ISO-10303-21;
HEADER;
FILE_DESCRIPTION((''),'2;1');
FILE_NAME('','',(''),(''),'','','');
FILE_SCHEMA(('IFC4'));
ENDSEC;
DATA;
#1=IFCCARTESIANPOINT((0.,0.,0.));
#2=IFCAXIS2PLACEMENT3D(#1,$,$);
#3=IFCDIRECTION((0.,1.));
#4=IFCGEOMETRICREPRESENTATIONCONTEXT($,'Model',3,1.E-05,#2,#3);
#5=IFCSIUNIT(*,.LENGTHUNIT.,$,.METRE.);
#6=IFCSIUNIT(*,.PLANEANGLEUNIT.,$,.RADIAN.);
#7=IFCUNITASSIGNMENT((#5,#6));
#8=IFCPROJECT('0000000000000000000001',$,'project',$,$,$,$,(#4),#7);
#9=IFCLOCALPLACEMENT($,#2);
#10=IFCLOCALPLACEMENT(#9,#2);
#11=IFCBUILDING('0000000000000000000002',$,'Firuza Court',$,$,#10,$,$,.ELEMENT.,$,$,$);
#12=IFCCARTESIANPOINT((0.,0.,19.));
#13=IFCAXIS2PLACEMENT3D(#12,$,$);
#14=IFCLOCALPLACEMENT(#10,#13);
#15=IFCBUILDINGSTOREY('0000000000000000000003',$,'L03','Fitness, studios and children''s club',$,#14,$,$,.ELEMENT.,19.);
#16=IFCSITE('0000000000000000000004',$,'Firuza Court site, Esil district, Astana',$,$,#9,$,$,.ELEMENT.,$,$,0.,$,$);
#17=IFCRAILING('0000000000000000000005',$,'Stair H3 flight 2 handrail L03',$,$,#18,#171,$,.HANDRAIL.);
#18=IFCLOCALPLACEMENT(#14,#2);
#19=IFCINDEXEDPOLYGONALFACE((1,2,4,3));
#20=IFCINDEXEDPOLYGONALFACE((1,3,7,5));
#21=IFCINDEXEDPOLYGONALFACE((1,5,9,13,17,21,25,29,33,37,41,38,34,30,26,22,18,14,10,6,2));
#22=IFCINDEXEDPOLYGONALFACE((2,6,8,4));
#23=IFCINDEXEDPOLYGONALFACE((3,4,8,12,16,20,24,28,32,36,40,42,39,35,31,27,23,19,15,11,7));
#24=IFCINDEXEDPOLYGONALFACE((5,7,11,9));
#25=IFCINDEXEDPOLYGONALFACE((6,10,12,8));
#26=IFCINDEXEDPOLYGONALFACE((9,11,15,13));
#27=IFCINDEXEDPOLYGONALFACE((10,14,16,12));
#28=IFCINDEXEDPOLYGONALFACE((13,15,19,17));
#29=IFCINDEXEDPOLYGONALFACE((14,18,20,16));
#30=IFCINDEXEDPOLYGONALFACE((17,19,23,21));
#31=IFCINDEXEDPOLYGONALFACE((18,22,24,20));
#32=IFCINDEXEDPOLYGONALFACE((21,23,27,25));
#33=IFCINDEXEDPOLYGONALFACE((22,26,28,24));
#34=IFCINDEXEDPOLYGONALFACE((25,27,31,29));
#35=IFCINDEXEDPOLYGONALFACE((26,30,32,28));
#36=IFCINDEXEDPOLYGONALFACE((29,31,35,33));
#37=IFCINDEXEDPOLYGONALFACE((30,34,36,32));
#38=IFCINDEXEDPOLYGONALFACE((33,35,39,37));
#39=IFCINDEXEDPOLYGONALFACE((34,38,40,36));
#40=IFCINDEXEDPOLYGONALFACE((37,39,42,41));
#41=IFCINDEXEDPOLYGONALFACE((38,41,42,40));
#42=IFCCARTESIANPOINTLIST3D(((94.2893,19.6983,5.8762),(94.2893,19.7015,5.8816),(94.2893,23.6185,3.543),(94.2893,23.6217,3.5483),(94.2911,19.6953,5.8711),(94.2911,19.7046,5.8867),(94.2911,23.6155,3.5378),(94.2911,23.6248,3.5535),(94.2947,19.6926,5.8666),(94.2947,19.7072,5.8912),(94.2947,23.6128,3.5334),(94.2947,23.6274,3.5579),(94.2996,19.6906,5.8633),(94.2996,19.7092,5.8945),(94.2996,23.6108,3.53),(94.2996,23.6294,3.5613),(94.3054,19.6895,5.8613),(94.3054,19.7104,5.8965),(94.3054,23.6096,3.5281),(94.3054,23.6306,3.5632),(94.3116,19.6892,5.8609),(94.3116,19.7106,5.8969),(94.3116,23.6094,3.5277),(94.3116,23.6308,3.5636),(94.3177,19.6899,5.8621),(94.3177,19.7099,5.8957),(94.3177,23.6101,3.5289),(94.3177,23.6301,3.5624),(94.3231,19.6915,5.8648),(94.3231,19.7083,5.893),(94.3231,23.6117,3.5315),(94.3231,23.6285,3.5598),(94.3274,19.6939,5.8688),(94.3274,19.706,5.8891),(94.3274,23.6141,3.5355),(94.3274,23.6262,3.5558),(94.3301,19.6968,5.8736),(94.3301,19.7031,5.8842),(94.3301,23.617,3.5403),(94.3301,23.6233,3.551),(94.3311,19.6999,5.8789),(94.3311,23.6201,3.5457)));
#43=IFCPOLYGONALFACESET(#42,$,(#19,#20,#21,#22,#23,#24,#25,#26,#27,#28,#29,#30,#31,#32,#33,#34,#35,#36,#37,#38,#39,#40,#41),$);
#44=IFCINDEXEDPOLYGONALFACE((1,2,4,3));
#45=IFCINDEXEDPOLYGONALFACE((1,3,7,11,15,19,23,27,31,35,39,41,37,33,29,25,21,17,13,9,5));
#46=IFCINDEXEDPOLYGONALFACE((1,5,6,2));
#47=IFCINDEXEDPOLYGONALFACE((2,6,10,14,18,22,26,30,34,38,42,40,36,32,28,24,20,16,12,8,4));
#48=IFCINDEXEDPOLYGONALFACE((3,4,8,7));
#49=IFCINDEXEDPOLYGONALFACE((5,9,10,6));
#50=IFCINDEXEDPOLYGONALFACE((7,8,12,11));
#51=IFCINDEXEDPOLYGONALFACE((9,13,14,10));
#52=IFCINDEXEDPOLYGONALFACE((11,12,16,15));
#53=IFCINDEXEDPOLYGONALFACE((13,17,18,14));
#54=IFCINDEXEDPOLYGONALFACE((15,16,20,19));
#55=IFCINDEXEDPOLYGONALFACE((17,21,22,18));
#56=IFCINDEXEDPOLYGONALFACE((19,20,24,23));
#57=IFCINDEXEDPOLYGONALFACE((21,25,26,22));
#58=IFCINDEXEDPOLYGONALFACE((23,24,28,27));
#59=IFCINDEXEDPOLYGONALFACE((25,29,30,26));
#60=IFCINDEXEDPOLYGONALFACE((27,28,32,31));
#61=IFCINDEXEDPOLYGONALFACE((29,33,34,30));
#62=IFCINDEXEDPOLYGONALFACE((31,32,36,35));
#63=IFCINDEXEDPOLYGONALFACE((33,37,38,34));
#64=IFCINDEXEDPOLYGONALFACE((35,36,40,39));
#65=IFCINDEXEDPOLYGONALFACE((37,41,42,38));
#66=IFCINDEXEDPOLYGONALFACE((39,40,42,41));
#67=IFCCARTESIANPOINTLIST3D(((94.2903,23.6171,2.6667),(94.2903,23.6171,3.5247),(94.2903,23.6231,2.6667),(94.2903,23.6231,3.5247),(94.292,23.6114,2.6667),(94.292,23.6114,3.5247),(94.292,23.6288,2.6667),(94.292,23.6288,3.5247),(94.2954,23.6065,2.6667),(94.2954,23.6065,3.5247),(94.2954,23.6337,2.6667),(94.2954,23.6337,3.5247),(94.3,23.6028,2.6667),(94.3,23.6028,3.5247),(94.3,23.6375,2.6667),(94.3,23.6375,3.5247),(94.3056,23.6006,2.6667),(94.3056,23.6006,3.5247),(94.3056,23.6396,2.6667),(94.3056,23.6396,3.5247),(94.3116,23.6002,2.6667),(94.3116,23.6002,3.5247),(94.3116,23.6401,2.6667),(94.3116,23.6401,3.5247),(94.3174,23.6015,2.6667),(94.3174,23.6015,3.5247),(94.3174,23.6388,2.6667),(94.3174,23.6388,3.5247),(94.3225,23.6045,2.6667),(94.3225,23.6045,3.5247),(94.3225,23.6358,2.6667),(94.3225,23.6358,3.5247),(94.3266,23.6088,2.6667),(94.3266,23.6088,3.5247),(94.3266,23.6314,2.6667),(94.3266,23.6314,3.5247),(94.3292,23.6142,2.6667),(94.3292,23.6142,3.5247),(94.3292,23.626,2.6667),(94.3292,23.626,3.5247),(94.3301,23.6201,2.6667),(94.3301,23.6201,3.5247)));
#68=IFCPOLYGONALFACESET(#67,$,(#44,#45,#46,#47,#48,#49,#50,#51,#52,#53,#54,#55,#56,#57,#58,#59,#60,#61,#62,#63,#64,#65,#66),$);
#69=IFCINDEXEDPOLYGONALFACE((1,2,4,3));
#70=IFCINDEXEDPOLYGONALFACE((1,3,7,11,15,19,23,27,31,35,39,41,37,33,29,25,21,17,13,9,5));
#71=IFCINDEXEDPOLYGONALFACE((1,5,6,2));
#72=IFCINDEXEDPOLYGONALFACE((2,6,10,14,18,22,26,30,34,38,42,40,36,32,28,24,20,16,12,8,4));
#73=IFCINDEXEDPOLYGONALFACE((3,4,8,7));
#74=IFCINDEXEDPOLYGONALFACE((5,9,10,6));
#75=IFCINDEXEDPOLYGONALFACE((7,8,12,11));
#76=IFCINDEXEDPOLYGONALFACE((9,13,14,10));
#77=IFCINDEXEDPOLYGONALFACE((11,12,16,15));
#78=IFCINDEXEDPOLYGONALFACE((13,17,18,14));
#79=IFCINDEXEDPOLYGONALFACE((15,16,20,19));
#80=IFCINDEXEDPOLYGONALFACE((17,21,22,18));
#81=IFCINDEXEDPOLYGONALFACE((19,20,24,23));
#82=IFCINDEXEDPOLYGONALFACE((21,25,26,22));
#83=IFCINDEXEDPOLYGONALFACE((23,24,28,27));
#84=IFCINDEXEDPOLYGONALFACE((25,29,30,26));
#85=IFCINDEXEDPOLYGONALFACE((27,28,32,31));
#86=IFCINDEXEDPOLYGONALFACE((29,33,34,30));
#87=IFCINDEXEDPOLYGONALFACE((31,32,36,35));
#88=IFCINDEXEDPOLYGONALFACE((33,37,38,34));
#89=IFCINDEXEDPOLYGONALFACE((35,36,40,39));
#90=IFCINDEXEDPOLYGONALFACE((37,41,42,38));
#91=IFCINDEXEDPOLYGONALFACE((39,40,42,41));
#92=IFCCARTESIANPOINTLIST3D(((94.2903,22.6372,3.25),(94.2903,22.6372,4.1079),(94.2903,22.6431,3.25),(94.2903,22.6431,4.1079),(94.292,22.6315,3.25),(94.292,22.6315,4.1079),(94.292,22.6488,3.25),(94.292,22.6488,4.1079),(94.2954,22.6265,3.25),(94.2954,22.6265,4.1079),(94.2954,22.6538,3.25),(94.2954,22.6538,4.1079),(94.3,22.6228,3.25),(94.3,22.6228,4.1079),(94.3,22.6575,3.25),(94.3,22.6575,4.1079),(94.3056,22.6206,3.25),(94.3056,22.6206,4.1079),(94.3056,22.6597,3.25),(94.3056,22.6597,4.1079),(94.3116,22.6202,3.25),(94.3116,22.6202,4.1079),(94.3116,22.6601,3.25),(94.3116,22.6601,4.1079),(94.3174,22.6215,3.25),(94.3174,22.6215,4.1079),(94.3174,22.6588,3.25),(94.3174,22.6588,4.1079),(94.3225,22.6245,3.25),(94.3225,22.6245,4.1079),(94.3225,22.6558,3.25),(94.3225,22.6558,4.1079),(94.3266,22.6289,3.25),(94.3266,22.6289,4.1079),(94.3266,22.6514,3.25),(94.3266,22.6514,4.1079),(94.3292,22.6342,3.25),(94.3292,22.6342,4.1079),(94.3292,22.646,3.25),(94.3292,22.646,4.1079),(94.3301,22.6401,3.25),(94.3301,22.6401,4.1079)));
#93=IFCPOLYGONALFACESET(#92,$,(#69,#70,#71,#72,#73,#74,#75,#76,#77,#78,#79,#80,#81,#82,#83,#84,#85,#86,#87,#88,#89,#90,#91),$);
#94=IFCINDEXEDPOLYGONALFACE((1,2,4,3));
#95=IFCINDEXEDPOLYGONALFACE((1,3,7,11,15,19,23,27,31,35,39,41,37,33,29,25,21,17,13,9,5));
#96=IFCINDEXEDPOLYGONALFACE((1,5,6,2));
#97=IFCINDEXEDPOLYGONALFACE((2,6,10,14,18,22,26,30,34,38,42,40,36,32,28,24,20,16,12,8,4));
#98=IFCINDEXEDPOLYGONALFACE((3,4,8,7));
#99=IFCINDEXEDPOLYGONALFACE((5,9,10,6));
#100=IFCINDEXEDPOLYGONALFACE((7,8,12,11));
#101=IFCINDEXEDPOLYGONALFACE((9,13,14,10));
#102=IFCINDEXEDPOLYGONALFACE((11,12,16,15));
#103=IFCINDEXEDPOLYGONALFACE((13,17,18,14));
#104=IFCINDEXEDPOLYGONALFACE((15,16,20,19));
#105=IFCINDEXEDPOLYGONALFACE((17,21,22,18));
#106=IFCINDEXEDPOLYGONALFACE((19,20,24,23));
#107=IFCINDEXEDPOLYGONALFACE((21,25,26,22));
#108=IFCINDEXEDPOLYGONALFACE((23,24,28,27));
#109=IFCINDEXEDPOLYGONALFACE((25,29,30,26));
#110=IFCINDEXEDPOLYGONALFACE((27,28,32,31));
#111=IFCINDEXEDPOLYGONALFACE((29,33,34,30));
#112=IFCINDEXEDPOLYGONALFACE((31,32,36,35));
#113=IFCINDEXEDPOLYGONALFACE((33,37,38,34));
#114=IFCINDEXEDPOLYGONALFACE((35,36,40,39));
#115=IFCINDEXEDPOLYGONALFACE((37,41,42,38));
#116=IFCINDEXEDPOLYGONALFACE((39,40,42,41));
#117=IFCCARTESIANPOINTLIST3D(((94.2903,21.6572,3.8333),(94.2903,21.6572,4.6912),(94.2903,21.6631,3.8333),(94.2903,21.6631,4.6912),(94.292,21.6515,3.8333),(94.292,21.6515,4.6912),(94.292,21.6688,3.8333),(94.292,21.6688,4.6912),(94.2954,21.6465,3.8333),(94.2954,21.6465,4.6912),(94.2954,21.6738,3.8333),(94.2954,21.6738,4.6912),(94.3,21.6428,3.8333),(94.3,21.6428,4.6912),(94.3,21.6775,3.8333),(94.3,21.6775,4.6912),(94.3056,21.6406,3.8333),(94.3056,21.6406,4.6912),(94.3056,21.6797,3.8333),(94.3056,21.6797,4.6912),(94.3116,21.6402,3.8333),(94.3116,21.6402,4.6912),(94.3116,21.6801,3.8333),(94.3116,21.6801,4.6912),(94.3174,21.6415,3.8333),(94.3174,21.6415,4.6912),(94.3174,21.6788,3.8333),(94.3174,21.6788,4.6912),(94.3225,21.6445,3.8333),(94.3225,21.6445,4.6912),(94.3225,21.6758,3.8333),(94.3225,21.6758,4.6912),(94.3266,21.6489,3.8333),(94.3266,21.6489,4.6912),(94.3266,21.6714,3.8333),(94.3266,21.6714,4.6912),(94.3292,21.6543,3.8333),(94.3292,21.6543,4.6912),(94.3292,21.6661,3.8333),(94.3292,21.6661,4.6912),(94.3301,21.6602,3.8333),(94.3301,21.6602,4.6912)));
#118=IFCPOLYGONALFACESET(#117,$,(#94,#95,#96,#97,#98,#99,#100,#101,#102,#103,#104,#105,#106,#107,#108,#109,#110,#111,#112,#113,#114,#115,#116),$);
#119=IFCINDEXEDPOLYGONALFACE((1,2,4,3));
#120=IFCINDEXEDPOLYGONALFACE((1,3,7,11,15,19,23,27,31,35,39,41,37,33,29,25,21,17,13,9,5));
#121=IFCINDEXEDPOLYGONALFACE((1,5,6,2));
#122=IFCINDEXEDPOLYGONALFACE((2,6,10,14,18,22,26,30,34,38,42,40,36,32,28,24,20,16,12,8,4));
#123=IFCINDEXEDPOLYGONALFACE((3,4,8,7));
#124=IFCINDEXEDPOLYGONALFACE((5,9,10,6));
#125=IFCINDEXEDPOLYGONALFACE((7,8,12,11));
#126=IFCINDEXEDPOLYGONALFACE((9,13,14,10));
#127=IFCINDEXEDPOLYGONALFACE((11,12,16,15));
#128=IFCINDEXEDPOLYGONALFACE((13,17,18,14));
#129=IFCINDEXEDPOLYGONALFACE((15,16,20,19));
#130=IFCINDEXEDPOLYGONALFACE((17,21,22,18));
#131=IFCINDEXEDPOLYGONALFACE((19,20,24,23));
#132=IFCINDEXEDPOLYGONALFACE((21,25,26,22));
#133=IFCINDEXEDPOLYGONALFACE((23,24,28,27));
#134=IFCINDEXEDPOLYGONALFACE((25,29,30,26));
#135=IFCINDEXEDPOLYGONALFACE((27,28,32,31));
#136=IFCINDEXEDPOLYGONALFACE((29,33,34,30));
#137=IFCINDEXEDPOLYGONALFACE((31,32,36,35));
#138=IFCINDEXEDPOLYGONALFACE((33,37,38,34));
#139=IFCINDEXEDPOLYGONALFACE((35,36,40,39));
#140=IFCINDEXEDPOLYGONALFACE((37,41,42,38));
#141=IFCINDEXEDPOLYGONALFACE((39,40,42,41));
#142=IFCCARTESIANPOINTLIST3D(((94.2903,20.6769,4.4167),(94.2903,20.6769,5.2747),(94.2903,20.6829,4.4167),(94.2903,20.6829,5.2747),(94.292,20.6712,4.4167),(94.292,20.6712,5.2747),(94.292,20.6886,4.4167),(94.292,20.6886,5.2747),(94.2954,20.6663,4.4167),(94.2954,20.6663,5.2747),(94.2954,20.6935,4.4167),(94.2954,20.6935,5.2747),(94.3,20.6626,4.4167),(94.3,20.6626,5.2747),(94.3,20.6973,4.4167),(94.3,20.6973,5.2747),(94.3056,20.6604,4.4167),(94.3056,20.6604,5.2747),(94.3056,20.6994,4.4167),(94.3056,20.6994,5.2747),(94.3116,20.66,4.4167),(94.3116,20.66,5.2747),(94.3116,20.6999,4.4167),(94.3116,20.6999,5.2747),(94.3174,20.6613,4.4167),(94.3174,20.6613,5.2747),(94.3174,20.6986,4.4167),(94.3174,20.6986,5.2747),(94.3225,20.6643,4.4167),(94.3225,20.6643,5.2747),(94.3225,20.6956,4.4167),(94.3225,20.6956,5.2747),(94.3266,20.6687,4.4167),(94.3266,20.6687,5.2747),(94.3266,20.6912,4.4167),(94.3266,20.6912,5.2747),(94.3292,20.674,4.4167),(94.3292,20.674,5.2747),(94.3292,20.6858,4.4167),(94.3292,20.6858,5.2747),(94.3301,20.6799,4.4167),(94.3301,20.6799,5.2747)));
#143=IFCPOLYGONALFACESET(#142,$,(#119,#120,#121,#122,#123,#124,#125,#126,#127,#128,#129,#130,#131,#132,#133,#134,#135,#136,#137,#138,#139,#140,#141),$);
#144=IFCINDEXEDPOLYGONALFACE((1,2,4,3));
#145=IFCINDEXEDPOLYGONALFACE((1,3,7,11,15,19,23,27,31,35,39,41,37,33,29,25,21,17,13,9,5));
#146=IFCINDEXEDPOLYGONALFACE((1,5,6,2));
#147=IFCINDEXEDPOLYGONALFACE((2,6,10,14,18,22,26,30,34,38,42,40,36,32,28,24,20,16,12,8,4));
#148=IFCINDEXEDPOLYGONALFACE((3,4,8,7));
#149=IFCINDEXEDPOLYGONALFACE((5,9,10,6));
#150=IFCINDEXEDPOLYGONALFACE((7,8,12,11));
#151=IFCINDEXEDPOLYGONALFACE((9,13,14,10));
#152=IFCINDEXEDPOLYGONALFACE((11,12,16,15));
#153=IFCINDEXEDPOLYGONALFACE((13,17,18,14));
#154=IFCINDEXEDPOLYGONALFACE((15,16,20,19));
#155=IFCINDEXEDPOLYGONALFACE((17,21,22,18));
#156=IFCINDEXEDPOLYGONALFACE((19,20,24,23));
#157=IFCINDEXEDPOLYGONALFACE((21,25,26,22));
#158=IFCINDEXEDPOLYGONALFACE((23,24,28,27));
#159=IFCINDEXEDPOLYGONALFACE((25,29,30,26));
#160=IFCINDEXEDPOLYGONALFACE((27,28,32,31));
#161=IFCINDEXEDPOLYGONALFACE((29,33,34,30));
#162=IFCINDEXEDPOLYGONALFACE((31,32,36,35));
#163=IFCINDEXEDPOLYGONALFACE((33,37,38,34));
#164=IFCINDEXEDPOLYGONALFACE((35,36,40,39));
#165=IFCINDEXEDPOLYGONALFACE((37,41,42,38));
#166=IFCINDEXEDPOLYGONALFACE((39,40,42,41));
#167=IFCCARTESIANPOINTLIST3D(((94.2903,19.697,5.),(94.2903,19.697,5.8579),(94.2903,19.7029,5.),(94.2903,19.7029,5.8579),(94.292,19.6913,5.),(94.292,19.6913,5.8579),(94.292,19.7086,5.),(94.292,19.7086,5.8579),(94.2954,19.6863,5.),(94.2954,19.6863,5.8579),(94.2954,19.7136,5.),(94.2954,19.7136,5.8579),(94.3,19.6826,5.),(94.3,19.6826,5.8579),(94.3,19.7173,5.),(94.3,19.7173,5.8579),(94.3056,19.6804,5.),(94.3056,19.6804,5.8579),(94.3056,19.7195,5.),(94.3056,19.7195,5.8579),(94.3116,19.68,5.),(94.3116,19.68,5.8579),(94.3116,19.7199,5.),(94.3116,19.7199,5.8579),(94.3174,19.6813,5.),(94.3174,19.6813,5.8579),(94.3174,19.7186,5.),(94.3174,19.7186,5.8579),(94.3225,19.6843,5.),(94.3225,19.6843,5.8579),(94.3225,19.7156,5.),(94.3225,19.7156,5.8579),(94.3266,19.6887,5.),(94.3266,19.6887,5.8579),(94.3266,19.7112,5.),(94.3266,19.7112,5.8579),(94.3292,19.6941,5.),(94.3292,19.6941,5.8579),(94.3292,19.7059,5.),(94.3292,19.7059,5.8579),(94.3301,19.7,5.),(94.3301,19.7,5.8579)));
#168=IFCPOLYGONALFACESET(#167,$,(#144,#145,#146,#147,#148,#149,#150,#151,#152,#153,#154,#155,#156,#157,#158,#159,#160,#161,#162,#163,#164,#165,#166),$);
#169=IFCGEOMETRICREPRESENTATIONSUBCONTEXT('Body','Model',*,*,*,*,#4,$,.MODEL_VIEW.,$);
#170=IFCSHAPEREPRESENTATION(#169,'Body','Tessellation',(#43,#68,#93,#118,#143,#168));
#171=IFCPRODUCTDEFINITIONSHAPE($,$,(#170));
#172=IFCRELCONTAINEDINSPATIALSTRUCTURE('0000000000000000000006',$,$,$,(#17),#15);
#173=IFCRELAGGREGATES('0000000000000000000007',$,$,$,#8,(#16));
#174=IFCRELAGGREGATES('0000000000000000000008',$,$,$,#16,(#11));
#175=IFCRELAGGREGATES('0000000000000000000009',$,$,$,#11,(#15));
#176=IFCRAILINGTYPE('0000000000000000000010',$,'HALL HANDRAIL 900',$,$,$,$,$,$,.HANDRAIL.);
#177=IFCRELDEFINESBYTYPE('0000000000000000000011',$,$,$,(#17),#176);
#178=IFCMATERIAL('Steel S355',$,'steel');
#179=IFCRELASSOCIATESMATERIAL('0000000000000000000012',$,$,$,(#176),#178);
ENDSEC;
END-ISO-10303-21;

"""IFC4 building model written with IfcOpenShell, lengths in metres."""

from ifc_helpers import new_model, si_unit, direction, frame, origin, origin_2d, place, context, subcontext, project, spatial, circle, extrude, material, type_object, element, save


model = new_model("IFC4")

# Units and contexts
model_context = context("Model", 3, precision=1e-05, world=origin(), true_north=direction((0.0, 1.0)))
body_context = subcontext(model_context, "Body", "Model", "MODEL_VIEW")
ifc_project = project(units=[si_unit("LENGTHUNIT", "METRE"), si_unit("PLANEANGLEUNIT", "RADIAN")], contexts=[model_context])

# Site, building, storey
site_placement = place(None, origin())
site = spatial("IfcSite", under=ifc_project, at=site_placement, Name="Firuza Court site, Esil district, Astana", CompositionType="ELEMENT", RefElevation=0.0)
building_placement = place(site_placement, origin())
building = spatial("IfcBuilding", under=site, at=building_placement, Name="Firuza Court", CompositionType="ELEMENT")
storey_placement = place(building_placement, frame((0.0, 0.0, 19.0)))
storey = spatial("IfcBuildingStorey", under=building, at=storey_placement, Name="L03", Description="Fitness, studios and children's club", CompositionType="ELEMENT", Elevation=19.0)

# Railing
ifc_material_1 = material(Name="Steel S355", Category="steel")
railing_type_1 = type_object("IfcRailingType", Name="HALL HANDRAIL 900", PredefinedType="HANDRAIL", material=ifc_material_1)
railing_1_placement = place(storey_placement, frame((94.3101, 23.6201, 2.6667)))
element("IfcRailing", 1, at=railing_1_placement, inside=storey, type_object=railing_type_1, Name="Stair H3 flight 2 handrail L03", PredefinedType="HANDRAIL", context=body_context, shape_type="SweptSolid", body=[
    extrude(circle(Radius=0.021, at=origin_2d()), frame((0.0, 0.0, 0.8789), z_axis=(0.0, -0.85931, 0.511455), x_axis=(1.0, 0.0, 0.0)), (0.0, 0.0, 1.0), 4.562),
    extrude(circle(Radius=0.02, at=origin_2d()), origin(), (0.0, 0.0, 1.0), 0.8579),
    extrude(circle(Radius=0.02, at=origin_2d()), frame((0.0, -0.98, 0.5833)), (0.0, 0.0, 1.0), 0.8579),
    extrude(circle(Radius=0.02, at=origin_2d()), frame((0.0, -1.96, 1.1665)), (0.0, 0.0, 1.0), 0.8579),
    extrude(circle(Radius=0.02, at=origin_2d()), frame((0.0, -2.9402, 1.75)), (0.0, 0.0, 1.0), 0.8579),
    extrude(circle(Radius=0.02, at=origin_2d()), frame((0.0, -3.9202, 2.3333)), (0.0, 0.0, 1.0), 0.8579),
])

save(model, "model.ifc")
